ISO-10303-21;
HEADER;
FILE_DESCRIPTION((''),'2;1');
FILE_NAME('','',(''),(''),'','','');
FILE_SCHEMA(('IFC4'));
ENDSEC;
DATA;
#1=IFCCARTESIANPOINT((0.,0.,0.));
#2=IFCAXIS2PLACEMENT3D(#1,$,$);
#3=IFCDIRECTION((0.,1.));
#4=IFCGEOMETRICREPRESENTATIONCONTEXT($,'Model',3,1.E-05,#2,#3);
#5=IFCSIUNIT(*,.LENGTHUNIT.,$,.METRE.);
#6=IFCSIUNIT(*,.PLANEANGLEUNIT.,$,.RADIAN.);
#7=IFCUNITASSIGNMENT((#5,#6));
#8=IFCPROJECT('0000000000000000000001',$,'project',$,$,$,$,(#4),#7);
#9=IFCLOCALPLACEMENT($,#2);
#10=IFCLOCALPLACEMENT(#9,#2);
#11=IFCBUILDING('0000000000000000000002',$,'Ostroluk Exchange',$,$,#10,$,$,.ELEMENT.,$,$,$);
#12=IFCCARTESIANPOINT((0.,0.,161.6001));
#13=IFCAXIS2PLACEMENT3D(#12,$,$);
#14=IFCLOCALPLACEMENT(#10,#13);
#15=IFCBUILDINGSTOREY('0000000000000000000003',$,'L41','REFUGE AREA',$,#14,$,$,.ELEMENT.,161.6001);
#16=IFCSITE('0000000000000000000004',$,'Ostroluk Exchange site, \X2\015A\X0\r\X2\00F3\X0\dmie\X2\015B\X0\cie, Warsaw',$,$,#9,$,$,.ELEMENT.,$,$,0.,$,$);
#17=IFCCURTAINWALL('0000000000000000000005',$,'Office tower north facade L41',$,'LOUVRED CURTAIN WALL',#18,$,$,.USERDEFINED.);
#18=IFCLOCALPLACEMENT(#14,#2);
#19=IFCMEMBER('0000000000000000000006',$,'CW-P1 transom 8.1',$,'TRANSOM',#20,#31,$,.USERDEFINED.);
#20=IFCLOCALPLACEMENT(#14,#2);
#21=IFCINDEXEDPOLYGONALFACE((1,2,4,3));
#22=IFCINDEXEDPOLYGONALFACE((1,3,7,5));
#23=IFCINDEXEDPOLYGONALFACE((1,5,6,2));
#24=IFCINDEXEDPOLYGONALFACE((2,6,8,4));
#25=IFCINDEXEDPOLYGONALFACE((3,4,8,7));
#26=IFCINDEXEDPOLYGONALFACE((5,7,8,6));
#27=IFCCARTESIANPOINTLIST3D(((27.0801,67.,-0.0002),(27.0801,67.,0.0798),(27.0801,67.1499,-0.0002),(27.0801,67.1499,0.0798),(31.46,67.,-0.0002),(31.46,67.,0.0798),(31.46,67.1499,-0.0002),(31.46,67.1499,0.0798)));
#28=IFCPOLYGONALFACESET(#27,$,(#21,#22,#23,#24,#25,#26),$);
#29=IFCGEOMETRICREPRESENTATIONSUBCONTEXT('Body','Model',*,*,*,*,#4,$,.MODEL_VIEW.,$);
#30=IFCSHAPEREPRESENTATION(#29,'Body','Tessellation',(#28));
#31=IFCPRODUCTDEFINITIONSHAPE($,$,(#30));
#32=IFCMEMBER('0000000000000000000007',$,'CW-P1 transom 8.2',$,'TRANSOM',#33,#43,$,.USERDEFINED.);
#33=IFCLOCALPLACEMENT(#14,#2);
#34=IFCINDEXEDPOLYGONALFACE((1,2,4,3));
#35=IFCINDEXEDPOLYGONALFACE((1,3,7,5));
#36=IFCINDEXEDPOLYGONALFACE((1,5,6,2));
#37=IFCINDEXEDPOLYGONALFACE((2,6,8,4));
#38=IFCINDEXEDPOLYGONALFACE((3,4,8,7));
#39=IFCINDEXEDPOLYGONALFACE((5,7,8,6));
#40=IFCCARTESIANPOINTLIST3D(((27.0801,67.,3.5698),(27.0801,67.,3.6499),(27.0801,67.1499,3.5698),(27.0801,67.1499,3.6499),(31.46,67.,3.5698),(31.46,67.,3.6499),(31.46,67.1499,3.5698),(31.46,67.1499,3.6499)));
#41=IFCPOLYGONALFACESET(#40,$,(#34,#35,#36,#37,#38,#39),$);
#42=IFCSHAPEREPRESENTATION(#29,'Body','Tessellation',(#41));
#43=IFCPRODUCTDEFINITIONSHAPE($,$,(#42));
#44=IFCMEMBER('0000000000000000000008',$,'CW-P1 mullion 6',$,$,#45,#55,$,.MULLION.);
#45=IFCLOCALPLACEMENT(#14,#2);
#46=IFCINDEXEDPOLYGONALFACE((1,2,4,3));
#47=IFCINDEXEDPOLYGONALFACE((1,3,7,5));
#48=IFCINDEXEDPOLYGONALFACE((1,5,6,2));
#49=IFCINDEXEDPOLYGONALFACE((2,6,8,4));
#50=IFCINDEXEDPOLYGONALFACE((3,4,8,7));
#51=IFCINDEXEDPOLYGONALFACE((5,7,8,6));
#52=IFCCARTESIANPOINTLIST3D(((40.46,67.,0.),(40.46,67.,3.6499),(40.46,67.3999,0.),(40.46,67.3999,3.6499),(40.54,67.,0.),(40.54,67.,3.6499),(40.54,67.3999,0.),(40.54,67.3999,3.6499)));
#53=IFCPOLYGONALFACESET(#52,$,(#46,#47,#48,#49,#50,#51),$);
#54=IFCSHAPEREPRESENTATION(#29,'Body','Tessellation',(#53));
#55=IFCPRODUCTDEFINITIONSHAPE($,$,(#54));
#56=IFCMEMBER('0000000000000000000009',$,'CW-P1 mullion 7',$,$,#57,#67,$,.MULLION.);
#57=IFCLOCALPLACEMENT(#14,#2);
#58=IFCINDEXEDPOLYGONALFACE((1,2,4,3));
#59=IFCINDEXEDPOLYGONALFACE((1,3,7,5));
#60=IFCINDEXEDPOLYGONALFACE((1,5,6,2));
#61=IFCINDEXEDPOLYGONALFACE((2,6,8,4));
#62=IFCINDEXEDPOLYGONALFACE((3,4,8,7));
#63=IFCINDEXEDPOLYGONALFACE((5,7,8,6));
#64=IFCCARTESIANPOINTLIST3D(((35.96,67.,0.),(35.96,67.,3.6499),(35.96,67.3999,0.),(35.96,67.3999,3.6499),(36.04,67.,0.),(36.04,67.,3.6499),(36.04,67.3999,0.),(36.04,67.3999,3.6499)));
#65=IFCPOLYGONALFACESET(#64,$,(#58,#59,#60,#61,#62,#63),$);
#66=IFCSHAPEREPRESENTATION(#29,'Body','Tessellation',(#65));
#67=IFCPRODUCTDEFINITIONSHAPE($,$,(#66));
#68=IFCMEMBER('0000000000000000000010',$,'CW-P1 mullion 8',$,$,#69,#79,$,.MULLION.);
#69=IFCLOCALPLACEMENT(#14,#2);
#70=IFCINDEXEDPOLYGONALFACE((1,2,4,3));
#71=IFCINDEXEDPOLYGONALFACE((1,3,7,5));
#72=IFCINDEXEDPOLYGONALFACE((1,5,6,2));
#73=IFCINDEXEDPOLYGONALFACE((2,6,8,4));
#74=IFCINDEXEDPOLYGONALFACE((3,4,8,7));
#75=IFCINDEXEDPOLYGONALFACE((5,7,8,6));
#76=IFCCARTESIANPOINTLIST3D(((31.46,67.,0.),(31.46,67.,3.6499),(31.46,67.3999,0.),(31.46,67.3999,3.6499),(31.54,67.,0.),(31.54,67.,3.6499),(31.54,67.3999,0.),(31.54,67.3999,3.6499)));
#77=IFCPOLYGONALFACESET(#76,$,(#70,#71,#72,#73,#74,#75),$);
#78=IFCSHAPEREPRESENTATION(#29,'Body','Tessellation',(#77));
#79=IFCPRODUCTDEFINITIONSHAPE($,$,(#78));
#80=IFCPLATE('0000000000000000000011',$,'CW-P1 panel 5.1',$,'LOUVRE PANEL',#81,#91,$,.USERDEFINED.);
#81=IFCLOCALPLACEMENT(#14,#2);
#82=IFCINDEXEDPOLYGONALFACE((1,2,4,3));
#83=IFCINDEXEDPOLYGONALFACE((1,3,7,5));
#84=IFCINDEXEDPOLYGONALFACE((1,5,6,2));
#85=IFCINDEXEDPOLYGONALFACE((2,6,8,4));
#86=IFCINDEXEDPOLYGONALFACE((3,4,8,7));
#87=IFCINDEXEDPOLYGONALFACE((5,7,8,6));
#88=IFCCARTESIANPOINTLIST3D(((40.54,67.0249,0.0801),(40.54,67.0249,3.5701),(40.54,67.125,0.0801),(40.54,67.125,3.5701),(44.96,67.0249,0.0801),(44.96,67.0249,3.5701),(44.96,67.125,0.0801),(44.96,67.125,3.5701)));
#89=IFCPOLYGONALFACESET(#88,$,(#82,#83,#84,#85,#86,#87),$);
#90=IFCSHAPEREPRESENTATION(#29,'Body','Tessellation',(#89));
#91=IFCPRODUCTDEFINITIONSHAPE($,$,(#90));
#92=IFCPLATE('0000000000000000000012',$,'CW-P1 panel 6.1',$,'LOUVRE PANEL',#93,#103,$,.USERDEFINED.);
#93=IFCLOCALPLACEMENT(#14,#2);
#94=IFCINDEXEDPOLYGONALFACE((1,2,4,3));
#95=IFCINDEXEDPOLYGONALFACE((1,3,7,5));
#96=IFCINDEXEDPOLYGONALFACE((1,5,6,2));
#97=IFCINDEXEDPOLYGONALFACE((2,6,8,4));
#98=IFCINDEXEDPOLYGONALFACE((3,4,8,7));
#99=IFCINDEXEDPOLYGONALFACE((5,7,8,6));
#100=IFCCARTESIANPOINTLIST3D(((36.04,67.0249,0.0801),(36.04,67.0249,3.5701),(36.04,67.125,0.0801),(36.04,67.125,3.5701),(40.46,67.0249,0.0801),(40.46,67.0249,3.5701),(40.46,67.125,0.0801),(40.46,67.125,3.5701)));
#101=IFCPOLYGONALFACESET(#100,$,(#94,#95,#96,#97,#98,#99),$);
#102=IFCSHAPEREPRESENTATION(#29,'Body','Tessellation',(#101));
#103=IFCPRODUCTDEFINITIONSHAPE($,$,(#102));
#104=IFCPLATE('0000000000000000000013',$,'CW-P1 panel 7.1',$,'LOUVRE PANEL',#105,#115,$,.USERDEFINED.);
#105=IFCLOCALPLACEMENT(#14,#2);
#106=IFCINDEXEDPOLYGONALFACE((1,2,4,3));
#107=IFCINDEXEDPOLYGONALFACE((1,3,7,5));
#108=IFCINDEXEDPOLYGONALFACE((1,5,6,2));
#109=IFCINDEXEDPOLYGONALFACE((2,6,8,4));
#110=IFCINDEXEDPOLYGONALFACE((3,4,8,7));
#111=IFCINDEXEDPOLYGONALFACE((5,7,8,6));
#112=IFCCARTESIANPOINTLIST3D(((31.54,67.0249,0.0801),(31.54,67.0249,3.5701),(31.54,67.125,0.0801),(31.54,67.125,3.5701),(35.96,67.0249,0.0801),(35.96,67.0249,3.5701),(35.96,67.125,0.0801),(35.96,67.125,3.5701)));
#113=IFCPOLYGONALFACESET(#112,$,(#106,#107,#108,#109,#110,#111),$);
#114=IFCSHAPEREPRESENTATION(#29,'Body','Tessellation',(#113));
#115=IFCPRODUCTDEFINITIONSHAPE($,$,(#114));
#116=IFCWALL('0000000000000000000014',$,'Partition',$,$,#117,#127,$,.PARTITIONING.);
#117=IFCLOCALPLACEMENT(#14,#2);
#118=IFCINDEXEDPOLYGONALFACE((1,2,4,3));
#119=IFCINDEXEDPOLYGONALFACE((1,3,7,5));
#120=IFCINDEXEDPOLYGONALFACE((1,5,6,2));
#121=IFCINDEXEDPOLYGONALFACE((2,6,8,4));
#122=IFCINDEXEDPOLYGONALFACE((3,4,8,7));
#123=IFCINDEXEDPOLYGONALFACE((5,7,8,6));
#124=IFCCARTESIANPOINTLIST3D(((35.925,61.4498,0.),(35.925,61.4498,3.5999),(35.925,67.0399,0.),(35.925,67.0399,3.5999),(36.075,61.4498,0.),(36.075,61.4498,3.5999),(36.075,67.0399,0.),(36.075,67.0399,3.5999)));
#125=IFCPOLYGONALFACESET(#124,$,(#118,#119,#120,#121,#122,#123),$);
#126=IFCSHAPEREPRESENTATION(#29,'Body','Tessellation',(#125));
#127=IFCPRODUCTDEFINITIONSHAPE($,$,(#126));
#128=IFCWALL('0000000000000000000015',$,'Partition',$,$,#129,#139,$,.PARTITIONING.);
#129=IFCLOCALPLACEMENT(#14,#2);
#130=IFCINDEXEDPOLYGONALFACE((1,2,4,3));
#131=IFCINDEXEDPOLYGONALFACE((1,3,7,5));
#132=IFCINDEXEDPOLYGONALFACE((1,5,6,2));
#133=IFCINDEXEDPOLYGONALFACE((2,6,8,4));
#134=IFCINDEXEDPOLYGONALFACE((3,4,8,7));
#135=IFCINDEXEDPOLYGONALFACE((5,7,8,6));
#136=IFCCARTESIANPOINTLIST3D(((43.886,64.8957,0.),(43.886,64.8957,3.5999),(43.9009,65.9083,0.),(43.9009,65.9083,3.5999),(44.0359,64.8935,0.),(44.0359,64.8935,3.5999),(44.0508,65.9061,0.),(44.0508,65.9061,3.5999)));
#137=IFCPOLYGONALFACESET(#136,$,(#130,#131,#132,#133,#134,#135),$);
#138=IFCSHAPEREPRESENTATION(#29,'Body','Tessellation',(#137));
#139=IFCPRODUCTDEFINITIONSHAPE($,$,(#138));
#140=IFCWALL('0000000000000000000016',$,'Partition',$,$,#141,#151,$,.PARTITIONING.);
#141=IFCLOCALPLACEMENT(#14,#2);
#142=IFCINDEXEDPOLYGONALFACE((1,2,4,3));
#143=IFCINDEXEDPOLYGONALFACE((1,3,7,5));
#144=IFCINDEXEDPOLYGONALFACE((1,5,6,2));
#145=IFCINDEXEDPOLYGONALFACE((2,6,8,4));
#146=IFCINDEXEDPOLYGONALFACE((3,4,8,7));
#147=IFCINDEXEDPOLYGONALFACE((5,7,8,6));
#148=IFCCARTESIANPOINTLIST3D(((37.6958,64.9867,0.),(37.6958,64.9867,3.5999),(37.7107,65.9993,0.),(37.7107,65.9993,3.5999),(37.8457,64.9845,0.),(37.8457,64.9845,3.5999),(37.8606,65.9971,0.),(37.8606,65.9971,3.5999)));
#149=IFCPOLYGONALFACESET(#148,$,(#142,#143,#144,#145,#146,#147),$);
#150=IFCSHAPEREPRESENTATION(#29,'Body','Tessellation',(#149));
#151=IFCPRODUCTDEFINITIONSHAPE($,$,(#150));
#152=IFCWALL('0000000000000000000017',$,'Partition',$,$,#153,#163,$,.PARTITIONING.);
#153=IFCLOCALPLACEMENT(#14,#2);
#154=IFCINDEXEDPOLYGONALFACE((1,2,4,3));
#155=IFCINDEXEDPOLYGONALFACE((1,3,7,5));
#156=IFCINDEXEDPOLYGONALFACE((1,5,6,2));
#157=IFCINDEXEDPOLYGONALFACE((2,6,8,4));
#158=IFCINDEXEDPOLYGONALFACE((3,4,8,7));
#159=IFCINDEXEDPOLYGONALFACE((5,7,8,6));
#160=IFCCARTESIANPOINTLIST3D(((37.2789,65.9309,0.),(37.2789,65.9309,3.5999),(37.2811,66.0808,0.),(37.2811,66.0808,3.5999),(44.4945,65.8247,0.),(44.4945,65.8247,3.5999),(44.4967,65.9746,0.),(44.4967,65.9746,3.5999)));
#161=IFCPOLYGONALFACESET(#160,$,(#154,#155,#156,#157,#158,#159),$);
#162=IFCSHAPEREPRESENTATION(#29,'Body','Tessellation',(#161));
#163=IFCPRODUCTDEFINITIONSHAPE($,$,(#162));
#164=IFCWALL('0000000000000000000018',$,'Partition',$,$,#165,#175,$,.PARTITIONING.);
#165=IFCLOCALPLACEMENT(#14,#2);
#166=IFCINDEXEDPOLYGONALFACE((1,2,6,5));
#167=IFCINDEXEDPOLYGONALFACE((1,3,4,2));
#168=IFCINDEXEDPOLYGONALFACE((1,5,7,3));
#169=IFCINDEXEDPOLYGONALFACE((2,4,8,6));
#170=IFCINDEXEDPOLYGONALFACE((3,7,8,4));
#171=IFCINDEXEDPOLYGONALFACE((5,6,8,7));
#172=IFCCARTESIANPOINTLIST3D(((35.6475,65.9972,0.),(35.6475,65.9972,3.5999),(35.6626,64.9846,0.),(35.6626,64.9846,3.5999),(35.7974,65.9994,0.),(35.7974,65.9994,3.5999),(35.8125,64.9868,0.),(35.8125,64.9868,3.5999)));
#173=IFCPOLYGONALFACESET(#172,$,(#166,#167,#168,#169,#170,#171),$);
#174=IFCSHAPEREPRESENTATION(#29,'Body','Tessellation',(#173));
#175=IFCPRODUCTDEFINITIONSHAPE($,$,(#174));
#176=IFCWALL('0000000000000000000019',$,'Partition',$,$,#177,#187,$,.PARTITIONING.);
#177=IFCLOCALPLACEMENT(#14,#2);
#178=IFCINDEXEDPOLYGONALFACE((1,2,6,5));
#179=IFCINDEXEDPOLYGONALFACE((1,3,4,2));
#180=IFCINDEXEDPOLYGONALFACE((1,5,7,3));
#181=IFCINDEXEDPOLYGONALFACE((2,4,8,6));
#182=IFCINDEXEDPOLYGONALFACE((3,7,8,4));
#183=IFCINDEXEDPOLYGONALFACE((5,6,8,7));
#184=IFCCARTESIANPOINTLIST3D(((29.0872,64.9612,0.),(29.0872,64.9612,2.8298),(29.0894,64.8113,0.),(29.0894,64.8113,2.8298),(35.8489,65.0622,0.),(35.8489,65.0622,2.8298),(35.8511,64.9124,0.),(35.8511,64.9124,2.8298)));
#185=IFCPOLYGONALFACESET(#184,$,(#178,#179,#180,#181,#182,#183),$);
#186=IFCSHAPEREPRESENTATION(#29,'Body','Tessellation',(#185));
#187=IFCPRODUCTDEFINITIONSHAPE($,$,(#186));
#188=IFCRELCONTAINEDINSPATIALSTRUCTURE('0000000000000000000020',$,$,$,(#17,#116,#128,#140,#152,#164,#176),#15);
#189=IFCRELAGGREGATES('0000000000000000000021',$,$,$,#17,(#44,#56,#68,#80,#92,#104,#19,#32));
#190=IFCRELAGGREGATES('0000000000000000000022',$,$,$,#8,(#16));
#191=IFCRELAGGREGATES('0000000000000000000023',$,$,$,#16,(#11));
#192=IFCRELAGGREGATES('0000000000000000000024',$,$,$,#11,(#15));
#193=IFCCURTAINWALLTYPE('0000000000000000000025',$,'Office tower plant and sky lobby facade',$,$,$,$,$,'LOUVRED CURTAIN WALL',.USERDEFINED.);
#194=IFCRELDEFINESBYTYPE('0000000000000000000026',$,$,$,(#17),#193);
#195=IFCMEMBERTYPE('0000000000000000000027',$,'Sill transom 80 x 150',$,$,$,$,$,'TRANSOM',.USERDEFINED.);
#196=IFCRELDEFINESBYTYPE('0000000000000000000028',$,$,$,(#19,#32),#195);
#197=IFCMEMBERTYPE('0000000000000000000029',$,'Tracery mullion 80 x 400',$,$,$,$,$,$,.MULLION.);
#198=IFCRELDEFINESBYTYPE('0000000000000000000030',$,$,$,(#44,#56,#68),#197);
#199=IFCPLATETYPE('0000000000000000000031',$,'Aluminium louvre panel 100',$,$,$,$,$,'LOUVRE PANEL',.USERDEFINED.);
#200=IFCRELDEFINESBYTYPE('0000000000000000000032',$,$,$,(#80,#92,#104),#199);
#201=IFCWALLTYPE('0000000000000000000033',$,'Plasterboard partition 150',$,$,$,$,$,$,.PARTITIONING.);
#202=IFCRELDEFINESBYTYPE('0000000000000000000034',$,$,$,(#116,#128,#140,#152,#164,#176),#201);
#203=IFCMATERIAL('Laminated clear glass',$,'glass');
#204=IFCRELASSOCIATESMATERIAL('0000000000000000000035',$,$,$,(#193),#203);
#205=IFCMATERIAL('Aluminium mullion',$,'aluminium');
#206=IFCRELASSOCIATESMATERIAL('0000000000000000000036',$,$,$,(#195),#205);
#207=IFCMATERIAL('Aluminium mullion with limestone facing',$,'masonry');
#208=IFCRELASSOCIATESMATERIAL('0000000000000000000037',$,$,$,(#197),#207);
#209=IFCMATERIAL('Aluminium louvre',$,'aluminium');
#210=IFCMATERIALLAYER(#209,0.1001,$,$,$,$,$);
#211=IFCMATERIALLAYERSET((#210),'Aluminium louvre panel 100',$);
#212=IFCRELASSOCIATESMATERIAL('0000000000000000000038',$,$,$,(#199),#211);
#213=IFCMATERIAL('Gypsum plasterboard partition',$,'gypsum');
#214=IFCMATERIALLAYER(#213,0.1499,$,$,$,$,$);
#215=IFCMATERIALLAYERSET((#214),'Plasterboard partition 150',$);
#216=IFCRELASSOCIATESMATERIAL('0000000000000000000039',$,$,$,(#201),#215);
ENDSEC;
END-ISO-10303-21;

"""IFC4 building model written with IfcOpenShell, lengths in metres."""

from ifc_helpers import new_model, si_unit, direction, frame, frame_2d, origin, origin_2d, place, context, subcontext, project, spatial, rectangle, extrude, material, layer, layer_set, material_profile, profile_set, type_object, element, aggregate, save


model = new_model("IFC4")

# Units and contexts
model_context = context("Model", 3, precision=1e-05, world=origin(), true_north=direction((0.0, 1.0)))
body_context = subcontext(model_context, "Body", "Model", "MODEL_VIEW")
ifc_project = project(units=[si_unit("LENGTHUNIT", "METRE"), si_unit("PLANEANGLEUNIT", "RADIAN")], contexts=[model_context])

# Site, building, storey
site_placement = place(None, origin())
site = spatial("IfcSite", under=ifc_project, at=site_placement, Name="Ostroluk Exchange site, Śródmieście, Warsaw", CompositionType="ELEMENT", RefElevation=0.0)
building_placement = place(site_placement, origin())
building = spatial("IfcBuilding", under=site, at=building_placement, Name="Ostroluk Exchange", CompositionType="ELEMENT")
storey_placement = place(building_placement, frame((0.0, 0.0, 161.6001)))
storey = spatial("IfcBuildingStorey", under=building, at=storey_placement, Name="L41", Description="REFUGE AREA", CompositionType="ELEMENT", Elevation=161.6001)

# Curtain wall, members, plates
ifc_material_1 = material(Name="Laminated clear glass", Category="glass")
curtain_wall_type = type_object("IfcCurtainWallType", Name="Office tower plant and sky lobby facade", ElementType="LOUVRED CURTAIN WALL", PredefinedType="USERDEFINED", material=ifc_material_1)
curtain_wall_placement = place(storey_placement, origin())
curtain_wall = element("IfcCurtainWall", 1, at=curtain_wall_placement, inside=storey, type_object=curtain_wall_type, Name="Office tower north facade L41", ObjectType="LOUVRED CURTAIN WALL", PredefinedType="USERDEFINED")
ifc_material_2 = material(Name="Aluminium mullion", Category="aluminium")
ifc_material_profile_1 = material_profile(ifc_material_2, rectangle(XDim=0.1499, YDim=0.0801, at=origin_2d()), Name="Sill transom 80 x 150")
ifc_profile_set_1 = profile_set([ifc_material_profile_1], Name="Aluminium mullion")
member_type_1 = type_object("IfcMemberType", Name="Sill transom 80 x 150", ElementType="TRANSOM", PredefinedType="USERDEFINED", material=ifc_profile_set_1)
member_1_placement = place(storey_placement, frame((31.46, 67.075, 0.0398), z_axis=(-1.0, 0.0, 0.0), x_axis=(0.0, -1.0, 0.0)))
member_1 = element("IfcMember", 2, at=member_1_placement, type_object=member_type_1, Name="CW-P1 transom 8.1", ObjectType="TRANSOM", PredefinedType="USERDEFINED", context=body_context, shape_type="SweptSolid", body=[
    extrude(rectangle(XDim=0.1499, YDim=0.0801, at=origin_2d()), origin(), (0.0, 0.0, 1.0), 4.3799),
])
member_2_placement = place(storey_placement, frame((31.46, 67.075, 3.6099), z_axis=(-1.0, 0.0, 0.0), x_axis=(0.0, -1.0, 0.0)))
member_2 = element("IfcMember", 3, at=member_2_placement, type_object=member_type_1, Name="CW-P1 transom 8.2", ObjectType="TRANSOM", PredefinedType="USERDEFINED", context=body_context, shape_type="SweptSolid", body=[
    extrude(rectangle(XDim=0.1499, YDim=0.0801, at=origin_2d()), origin(), (0.0, 0.0, 1.0), 4.3799),
])
ifc_material_3 = material(Name="Aluminium mullion with limestone facing", Category="masonry")
ifc_material_profile_2 = material_profile(ifc_material_3, rectangle(XDim=0.3999, YDim=0.0801, at=origin_2d()), Name="Tracery mullion 80 x 400")
ifc_profile_set_2 = profile_set([ifc_material_profile_2], Name="Aluminium mullion with limestone facing")
member_type_2 = type_object("IfcMemberType", Name="Tracery mullion 80 x 400", PredefinedType="MULLION", material=ifc_profile_set_2)
member_3_placement = place(storey_placement, frame((40.5, 67.2, 0.0), z_axis=(0.0, 0.0, 1.0), x_axis=(0.0, -1.0, 0.0)))
member_3 = element("IfcMember", 4, at=member_3_placement, type_object=member_type_2, Name="CW-P1 mullion 6", PredefinedType="MULLION", context=body_context, shape_type="SweptSolid", body=[
    extrude(rectangle(XDim=0.3999, YDim=0.0801, at=origin_2d()), origin(), (0.0, 0.0, 1.0), 3.6499),
])
member_4_placement = place(storey_placement, frame((36.0, 67.2, 0.0), z_axis=(0.0, 0.0, 1.0), x_axis=(0.0, -1.0, 0.0)))
member_4 = element("IfcMember", 5, at=member_4_placement, type_object=member_type_2, Name="CW-P1 mullion 7", PredefinedType="MULLION", context=body_context, shape_type="SweptSolid", body=[
    extrude(rectangle(XDim=0.3999, YDim=0.0801, at=origin_2d()), origin(), (0.0, 0.0, 1.0), 3.6499),
])
member_5_placement = place(storey_placement, frame((31.5, 67.2, 0.0), z_axis=(0.0, 0.0, 1.0), x_axis=(0.0, -1.0, 0.0)))
member_5 = element("IfcMember", 6, at=member_5_placement, type_object=member_type_2, Name="CW-P1 mullion 8", PredefinedType="MULLION", context=body_context, shape_type="SweptSolid", body=[
    extrude(rectangle(XDim=0.3999, YDim=0.0801, at=origin_2d()), origin(), (0.0, 0.0, 1.0), 3.6499),
])
ifc_material_4 = material(Name="Aluminium louvre", Category="aluminium")
ifc_layer_1 = layer(ifc_material_4, 0.1001)
ifc_layer_set_1 = layer_set([ifc_layer_1], Name="Aluminium louvre panel 100")
plate_type = type_object("IfcPlateType", Name="Aluminium louvre panel 100", ElementType="LOUVRE PANEL", PredefinedType="USERDEFINED", material=ifc_layer_set_1)
plate_1_placement = place(storey_placement, frame((42.75, 67.075, 0.0801), z_axis=(0.0, 0.0, 1.0), x_axis=(-1.0, 0.0, 0.0)))
plate_1 = element("IfcPlate", 7, at=plate_1_placement, type_object=plate_type, Name="CW-P1 panel 5.1", ObjectType="LOUVRE PANEL", PredefinedType="USERDEFINED", context=body_context, shape_type="SweptSolid", body=[
    extrude(rectangle(XDim=4.4199, YDim=0.1001, at=origin_2d()), origin(), (0.0, 0.0, 1.0), 3.49),
])
plate_2_placement = place(storey_placement, frame((38.25, 67.075, 0.0801), z_axis=(0.0, 0.0, 1.0), x_axis=(-1.0, 0.0, 0.0)))
plate_2 = element("IfcPlate", 8, at=plate_2_placement, type_object=plate_type, Name="CW-P1 panel 6.1", ObjectType="LOUVRE PANEL", PredefinedType="USERDEFINED", context=body_context, shape_type="SweptSolid", body=[
    extrude(rectangle(XDim=4.4199, YDim=0.1001, at=origin_2d()), origin(), (0.0, 0.0, 1.0), 3.49),
])
plate_3_placement = place(storey_placement, frame((33.75, 67.075, 0.0801), z_axis=(0.0, 0.0, 1.0), x_axis=(-1.0, 0.0, 0.0)))
plate_3 = element("IfcPlate", 9, at=plate_3_placement, type_object=plate_type, Name="CW-P1 panel 7.1", ObjectType="LOUVRE PANEL", PredefinedType="USERDEFINED", context=body_context, shape_type="SweptSolid", body=[
    extrude(rectangle(XDim=4.4199, YDim=0.1001, at=origin_2d()), origin(), (0.0, 0.0, 1.0), 3.49),
])
aggregate(curtain_wall, [member_3, member_4, member_5, plate_1, plate_2, plate_3, member_1, member_2])

# Walls
ifc_material_5 = material(Name="Gypsum plasterboard partition", Category="gypsum")
ifc_layer_2 = layer(ifc_material_5, 0.1499)
ifc_layer_set_2 = layer_set([ifc_layer_2], Name="Plasterboard partition 150")
wall_type = type_object("IfcWallType", Name="Plasterboard partition 150", PredefinedType="PARTITIONING", material=ifc_layer_set_2)
wall_1_placement = place(storey_placement, frame((36.0, 61.45, 0.0), z_axis=(0.0, 0.0, 1.0), x_axis=(0.0, 1.0, 0.0)))
element("IfcWall", 10, at=wall_1_placement, inside=storey, type_object=wall_type, Name="Partition", PredefinedType="PARTITIONING", context=body_context, shape_type="SweptSolid", body=[
    extrude(rectangle(XDim=5.5901, YDim=0.1499, at=frame_2d((2.7949, 0.0))), origin(), (0.0, 0.0, 1.0), 3.5999),
])
for number, where, z_axis, x_axis, name in (
    (11, (43.9758, 65.9072, 0.0), (0.0, 0.0, 1.0), (-0.014704, -0.999892, 0.0), "Partition"),
    (12, (37.7708, 64.9856, 0.0), (0.0, 0.0, 1.0), (0.014704, 0.999892, 0.0), "Partition"),
):
    element("IfcWall", number, at=place(storey_placement, frame(where, z_axis=z_axis, x_axis=x_axis)), inside=storey, type_object=wall_type, Name=name, PredefinedType="PARTITIONING", context=body_context, shape_type="SweptSolid", body=[
        extrude(rectangle(XDim=1.0127, YDim=0.1499, at=frame_2d((0.5063, 0.0))), origin(), (0.0, 0.0, 1.0), 3.5999),
    ])
wall_2_placement = place(storey_placement, frame((37.28, 66.0059, 0.0), z_axis=(0.0, 0.0, 1.0), x_axis=(0.999892, -0.014717, 0.0)))
element("IfcWall", 13, at=wall_2_placement, inside=storey, type_object=wall_type, Name="Partition", PredefinedType="PARTITIONING", context=body_context, shape_type="SweptSolid", body=[
    extrude(rectangle(XDim=7.2163, YDim=0.1499, at=frame_2d((3.6082, 0.0))), origin(), (0.0, 0.0, 1.0), 3.5999),
])
wall_3_placement = place(storey_placement, frame((35.7224, 65.9983, 0.0), z_axis=(0.0, 0.0, 1.0), x_axis=(0.014945, -0.999888, 0.0)))
element("IfcWall", 14, at=wall_3_placement, inside=storey, type_object=wall_type, Name="Partition", PredefinedType="PARTITIONING", context=body_context, shape_type="SweptSolid", body=[
    extrude(rectangle(XDim=1.0127, YDim=0.1499, at=frame_2d((0.5063, 0.0))), origin(), (0.0, 0.0, 1.0), 3.5999),
])
wall_4_placement = place(storey_placement, frame((35.8501, 64.9873, 0.0), z_axis=(0.0, 0.0, 1.0), x_axis=(-0.999888, -0.014946, 0.0)))
element("IfcWall", 15, at=wall_4_placement, inside=storey, type_object=wall_type, Name="Partition", PredefinedType="PARTITIONING", context=body_context, shape_type="SweptSolid", body=[
    extrude(rectangle(XDim=6.7625, YDim=0.1499, at=frame_2d((3.3813, 0.0))), origin(), (0.0, 0.0, 1.0), 2.8298),
])

save(model, "model.ifc")
